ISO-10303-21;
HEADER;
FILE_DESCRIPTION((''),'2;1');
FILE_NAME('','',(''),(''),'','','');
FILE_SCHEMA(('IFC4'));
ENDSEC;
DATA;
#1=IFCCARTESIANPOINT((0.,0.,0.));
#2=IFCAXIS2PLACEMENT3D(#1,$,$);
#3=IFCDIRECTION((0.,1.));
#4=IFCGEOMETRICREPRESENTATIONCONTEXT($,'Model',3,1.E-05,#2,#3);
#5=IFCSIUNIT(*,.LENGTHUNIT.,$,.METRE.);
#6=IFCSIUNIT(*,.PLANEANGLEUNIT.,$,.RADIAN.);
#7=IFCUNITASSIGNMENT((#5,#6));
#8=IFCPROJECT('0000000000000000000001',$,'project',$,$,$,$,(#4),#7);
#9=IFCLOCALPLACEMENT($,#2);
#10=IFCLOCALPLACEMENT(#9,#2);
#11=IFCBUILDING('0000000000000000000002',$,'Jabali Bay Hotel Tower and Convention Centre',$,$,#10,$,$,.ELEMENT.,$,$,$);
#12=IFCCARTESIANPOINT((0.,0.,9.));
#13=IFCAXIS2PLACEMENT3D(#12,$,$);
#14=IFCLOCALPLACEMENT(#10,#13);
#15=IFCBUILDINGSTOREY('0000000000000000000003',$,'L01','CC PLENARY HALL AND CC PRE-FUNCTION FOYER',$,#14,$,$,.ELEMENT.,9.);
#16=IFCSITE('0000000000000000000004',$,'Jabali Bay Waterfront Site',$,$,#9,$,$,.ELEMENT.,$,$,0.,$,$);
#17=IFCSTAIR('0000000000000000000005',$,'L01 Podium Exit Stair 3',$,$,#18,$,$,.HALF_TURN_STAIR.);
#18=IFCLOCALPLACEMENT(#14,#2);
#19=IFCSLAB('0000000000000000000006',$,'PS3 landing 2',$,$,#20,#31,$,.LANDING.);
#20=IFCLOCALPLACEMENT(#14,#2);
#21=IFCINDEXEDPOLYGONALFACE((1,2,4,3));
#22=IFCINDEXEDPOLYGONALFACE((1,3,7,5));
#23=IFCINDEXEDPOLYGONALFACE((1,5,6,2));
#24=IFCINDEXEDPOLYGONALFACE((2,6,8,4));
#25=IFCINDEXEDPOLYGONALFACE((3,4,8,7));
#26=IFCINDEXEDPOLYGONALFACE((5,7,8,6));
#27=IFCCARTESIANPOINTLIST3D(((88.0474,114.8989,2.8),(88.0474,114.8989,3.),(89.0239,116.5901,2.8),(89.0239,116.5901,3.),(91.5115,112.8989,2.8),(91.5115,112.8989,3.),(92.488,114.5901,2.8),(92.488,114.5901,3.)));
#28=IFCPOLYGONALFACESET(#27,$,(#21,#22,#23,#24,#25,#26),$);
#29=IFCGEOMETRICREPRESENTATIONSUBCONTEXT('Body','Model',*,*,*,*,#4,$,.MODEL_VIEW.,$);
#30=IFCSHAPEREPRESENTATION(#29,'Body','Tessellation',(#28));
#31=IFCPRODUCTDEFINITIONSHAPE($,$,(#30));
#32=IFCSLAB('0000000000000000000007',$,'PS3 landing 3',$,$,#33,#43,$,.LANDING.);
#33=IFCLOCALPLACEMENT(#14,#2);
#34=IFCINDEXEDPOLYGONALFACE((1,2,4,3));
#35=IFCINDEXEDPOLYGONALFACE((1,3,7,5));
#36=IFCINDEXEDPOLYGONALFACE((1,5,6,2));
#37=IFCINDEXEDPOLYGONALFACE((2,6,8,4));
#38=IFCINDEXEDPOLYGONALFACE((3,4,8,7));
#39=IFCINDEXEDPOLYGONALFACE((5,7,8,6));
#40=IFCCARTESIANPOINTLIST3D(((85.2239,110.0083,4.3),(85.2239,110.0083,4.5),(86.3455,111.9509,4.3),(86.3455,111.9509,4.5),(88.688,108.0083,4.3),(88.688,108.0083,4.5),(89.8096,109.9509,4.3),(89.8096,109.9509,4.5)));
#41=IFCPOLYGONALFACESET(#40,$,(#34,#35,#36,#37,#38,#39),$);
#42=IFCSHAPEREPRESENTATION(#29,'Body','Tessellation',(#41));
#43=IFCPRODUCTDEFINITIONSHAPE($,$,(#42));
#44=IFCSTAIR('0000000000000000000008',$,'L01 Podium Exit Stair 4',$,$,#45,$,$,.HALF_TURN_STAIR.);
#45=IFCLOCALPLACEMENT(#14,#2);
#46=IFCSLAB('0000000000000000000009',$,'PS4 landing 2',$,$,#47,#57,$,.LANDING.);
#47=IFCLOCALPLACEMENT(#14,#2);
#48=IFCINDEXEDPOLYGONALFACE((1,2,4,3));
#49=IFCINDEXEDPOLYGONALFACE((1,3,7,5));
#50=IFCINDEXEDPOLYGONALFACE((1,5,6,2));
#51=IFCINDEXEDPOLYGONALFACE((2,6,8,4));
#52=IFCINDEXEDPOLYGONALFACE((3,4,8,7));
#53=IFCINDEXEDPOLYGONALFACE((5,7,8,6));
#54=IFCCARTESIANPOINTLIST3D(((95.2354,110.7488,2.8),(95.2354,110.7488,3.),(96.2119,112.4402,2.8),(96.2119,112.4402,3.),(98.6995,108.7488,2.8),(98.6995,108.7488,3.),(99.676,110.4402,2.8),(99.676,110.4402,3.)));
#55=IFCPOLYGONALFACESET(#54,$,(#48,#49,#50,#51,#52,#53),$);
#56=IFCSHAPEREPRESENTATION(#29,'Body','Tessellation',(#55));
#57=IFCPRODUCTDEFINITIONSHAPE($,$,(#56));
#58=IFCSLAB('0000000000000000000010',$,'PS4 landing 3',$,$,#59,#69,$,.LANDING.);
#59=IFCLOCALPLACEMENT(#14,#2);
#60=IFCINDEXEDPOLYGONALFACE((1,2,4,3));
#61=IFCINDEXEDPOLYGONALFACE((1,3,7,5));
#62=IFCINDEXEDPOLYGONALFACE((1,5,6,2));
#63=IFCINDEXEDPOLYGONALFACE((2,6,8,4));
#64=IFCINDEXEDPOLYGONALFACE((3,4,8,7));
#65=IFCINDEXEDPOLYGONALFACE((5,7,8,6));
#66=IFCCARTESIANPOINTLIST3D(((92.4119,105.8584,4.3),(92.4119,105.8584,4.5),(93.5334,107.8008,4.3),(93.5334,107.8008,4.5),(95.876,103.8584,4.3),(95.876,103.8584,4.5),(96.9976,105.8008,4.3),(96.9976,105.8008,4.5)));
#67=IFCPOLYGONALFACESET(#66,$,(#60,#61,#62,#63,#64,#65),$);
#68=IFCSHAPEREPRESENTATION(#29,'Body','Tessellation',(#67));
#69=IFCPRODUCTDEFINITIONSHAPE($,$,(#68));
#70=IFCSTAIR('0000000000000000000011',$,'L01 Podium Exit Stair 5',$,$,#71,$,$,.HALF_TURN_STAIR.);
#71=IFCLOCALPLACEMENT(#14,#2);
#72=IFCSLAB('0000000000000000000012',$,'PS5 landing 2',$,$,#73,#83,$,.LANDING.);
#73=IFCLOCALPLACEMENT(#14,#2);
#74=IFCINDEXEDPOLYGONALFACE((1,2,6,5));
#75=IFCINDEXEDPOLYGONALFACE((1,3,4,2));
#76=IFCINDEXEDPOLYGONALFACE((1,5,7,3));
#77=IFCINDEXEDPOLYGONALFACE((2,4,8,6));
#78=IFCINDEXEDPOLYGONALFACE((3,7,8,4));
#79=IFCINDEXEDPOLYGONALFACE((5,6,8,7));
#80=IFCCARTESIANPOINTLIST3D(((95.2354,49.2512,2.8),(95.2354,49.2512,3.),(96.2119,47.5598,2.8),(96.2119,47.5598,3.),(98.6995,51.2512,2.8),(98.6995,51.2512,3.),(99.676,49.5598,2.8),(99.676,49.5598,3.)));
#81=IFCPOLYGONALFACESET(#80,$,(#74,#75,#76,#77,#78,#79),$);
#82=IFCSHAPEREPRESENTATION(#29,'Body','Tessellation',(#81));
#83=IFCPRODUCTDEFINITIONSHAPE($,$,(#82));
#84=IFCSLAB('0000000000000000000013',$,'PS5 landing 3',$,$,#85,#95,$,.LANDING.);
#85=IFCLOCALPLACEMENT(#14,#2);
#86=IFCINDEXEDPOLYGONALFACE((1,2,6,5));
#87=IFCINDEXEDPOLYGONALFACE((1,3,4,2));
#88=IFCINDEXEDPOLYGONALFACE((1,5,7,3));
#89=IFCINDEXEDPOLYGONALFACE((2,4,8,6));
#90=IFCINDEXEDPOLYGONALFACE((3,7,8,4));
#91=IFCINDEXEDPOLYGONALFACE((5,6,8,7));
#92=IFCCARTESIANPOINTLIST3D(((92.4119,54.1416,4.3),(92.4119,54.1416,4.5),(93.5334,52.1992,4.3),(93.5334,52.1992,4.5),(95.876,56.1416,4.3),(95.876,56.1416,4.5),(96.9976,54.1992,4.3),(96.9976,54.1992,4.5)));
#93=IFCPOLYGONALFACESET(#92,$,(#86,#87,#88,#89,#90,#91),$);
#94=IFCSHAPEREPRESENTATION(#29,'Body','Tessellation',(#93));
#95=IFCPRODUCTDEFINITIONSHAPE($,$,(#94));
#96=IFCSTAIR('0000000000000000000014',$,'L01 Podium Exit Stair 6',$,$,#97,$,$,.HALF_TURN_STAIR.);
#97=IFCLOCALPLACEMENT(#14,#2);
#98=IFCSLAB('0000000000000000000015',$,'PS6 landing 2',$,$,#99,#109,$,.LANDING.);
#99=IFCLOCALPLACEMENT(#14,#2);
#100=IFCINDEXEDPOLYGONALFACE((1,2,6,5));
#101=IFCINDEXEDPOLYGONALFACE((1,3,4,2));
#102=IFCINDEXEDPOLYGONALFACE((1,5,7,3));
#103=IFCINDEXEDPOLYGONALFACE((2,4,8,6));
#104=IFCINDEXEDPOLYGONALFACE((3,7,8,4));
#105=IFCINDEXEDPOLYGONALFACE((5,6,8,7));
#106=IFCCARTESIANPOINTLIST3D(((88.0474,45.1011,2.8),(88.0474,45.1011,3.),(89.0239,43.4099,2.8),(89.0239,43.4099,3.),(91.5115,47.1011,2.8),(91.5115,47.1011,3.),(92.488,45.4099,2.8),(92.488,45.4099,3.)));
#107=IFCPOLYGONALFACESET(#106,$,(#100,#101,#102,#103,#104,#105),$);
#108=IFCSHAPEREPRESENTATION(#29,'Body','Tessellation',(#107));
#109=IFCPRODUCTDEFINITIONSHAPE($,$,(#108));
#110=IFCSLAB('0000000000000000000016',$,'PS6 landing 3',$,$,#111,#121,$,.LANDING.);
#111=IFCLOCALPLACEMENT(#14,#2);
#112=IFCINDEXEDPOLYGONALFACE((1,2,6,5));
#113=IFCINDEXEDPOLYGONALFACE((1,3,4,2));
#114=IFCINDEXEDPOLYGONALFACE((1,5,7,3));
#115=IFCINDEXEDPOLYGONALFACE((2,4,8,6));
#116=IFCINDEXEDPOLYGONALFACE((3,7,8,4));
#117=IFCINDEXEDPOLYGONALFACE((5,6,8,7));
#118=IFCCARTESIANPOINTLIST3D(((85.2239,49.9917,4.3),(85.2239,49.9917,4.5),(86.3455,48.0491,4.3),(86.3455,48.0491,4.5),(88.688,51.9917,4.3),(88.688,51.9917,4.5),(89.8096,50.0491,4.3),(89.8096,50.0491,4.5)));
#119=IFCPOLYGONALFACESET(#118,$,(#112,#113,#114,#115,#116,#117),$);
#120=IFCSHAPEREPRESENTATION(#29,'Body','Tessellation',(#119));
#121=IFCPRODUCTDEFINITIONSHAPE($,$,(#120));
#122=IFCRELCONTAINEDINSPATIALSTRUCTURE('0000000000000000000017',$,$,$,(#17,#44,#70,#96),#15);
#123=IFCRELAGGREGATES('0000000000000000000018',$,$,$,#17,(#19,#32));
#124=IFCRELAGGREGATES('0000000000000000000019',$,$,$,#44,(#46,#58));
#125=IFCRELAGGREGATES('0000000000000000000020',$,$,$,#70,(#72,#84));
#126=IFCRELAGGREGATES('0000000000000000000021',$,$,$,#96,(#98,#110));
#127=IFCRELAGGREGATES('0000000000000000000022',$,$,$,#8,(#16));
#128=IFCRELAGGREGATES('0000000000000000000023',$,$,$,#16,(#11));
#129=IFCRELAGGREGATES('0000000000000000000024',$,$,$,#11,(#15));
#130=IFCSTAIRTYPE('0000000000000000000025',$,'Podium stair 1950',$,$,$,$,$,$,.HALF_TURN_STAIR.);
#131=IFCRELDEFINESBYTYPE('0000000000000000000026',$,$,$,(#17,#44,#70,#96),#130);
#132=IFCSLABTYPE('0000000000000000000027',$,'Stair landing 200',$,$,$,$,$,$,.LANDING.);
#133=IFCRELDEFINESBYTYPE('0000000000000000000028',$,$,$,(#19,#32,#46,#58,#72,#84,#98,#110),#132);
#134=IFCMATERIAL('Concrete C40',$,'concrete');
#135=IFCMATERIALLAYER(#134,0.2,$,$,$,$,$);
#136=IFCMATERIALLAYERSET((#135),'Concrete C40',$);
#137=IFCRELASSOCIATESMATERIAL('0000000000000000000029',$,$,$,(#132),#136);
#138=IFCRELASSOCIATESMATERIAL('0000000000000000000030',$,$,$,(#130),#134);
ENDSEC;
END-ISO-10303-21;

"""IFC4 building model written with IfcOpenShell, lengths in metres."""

from ifc_helpers import new_model, si_unit, direction, frame, origin, place, context, subcontext, project, spatial, polyline, outline, extrude, material, layer, layer_set, type_object, element, aggregate, save


model = new_model("IFC4")

# Units and contexts
model_context = context("Model", 3, precision=1e-05, world=origin(), true_north=direction((0.0, 1.0)))
body_context = subcontext(model_context, "Body", "Model", "MODEL_VIEW")
ifc_project = project(units=[si_unit("LENGTHUNIT", "METRE"), si_unit("PLANEANGLEUNIT", "RADIAN")], contexts=[model_context])

# Site, building, storey
site_placement = place(None, origin())
site = spatial("IfcSite", under=ifc_project, at=site_placement, Name="Jabali Bay Waterfront Site", CompositionType="ELEMENT", RefElevation=0.0)
building_placement = place(site_placement, origin())
building = spatial("IfcBuilding", under=site, at=building_placement, Name="Jabali Bay Hotel Tower and Convention Centre", CompositionType="ELEMENT")
storey_placement = place(building_placement, frame((0.0, 0.0, 9.0)))
storey = spatial("IfcBuildingStorey", under=building, at=storey_placement, Name="L01", Description="CC PLENARY HALL AND CC PRE-FUNCTION FOYER", CompositionType="ELEMENT", Elevation=9.0)

# Shared definitions
ifc_material = material(Name="Concrete C40", Category="concrete")

# Stairs, slabs
ifc_layer_1 = layer(ifc_material, 0.2)
ifc_layer_set_1 = layer_set([ifc_layer_1], Name="Concrete C40")
slab_type_1 = type_object("IfcSlabType", Name="Stair landing 200", PredefinedType="LANDING", material=ifc_layer_set_1)
stair_type_1 = type_object("IfcStairType", Name="Podium stair 1950", PredefinedType="HALF_TURN_STAIR", material=ifc_material)
stair_1_placement = place(storey_placement, origin())
stair_1 = element("IfcStair", 1, at=stair_1_placement, inside=storey, type_object=stair_type_1, Name="L01 Podium Exit Stair 3", PredefinedType="HALF_TURN_STAIR")
slab_1_placement = place(storey_placement, frame((0.0, 0.0, 2.8)))
slab_1 = element("IfcSlab", 2, at=slab_1_placement, type_object=slab_type_1, Name="PS3 landing 2", PredefinedType="LANDING", context=body_context, shape_type="SweptSolid", body=[
    extrude(outline(polyline([(89.0239, 116.5901), (88.0474, 114.8989), (91.5115, 112.8989), (92.488, 114.5901), (89.0239, 116.5901)])), origin(), (0.0, 0.0, 1.0), 0.2),
])
slab_2_placement = place(storey_placement, frame((0.0, 0.0, 4.3)))
slab_2 = element("IfcSlab", 3, at=slab_2_placement, type_object=slab_type_1, Name="PS3 landing 3", PredefinedType="LANDING", context=body_context, shape_type="SweptSolid", body=[
    extrude(outline(polyline([(86.3455, 111.9509), (85.2239, 110.0083), (88.688, 108.0083), (89.8096, 109.9509), (86.3455, 111.9509)])), origin(), (0.0, 0.0, 1.0), 0.2),
])
aggregate(stair_1, [slab_1, slab_2])
stair_2_placement = place(storey_placement, origin())
stair_2 = element("IfcStair", 4, at=stair_2_placement, inside=storey, type_object=stair_type_1, Name="L01 Podium Exit Stair 4", PredefinedType="HALF_TURN_STAIR")
slab_3_placement = place(storey_placement, frame((0.0, 0.0, 2.8)))
slab_3 = element("IfcSlab", 5, at=slab_3_placement, type_object=slab_type_1, Name="PS4 landing 2", PredefinedType="LANDING", context=body_context, shape_type="SweptSolid", body=[
    extrude(outline(polyline([(96.2119, 112.4402), (95.2354, 110.7488), (98.6995, 108.7488), (99.676, 110.4402), (96.2119, 112.4402)])), origin(), (0.0, 0.0, 1.0), 0.2),
])
slab_4_placement = place(storey_placement, frame((0.0, 0.0, 4.3)))
slab_4 = element("IfcSlab", 6, at=slab_4_placement, type_object=slab_type_1, Name="PS4 landing 3", PredefinedType="LANDING", context=body_context, shape_type="SweptSolid", body=[
    extrude(outline(polyline([(93.5334, 107.8008), (92.4119, 105.8584), (95.876, 103.8584), (96.9976, 105.8008), (93.5334, 107.8008)])), origin(), (0.0, 0.0, 1.0), 0.2),
])
aggregate(stair_2, [slab_3, slab_4])
stair_3_placement = place(storey_placement, origin())
stair_3 = element("IfcStair", 7, at=stair_3_placement, inside=storey, type_object=stair_type_1, Name="L01 Podium Exit Stair 5", PredefinedType="HALF_TURN_STAIR")
slab_5_placement = place(storey_placement, frame((0.0, 0.0, 2.8)))
slab_5 = element("IfcSlab", 8, at=slab_5_placement, type_object=slab_type_1, Name="PS5 landing 2", PredefinedType="LANDING", context=body_context, shape_type="SweptSolid", body=[
    extrude(outline(polyline([(99.676, 49.5598), (98.6995, 51.2512), (95.2354, 49.2512), (96.2119, 47.5598), (99.676, 49.5598)])), origin(), (0.0, 0.0, 1.0), 0.2),
])
slab_6_placement = place(storey_placement, frame((0.0, 0.0, 4.3)))
slab_6 = element("IfcSlab", 9, at=slab_6_placement, type_object=slab_type_1, Name="PS5 landing 3", PredefinedType="LANDING", context=body_context, shape_type="SweptSolid", body=[
    extrude(outline(polyline([(96.9976, 54.1992), (95.876, 56.1416), (92.4119, 54.1416), (93.5334, 52.1992), (96.9976, 54.1992)])), origin(), (0.0, 0.0, 1.0), 0.2),
])
aggregate(stair_3, [slab_5, slab_6])
stair_4_placement = place(storey_placement, origin())
stair_4 = element("IfcStair", 10, at=stair_4_placement, inside=storey, type_object=stair_type_1, Name="L01 Podium Exit Stair 6", PredefinedType="HALF_TURN_STAIR")
slab_7_placement = place(storey_placement, frame((0.0, 0.0, 2.8)))
slab_7 = element("IfcSlab", 11, at=slab_7_placement, type_object=slab_type_1, Name="PS6 landing 2", PredefinedType="LANDING", context=body_context, shape_type="SweptSolid", body=[
    extrude(outline(polyline([(92.488, 45.4099), (91.5115, 47.1011), (88.0474, 45.1011), (89.0239, 43.4099), (92.488, 45.4099)])), origin(), (0.0, 0.0, 1.0), 0.2),
])
slab_8_placement = place(storey_placement, frame((0.0, 0.0, 4.3)))
slab_8 = element("IfcSlab", 12, at=slab_8_placement, type_object=slab_type_1, Name="PS6 landing 3", PredefinedType="LANDING", context=body_context, shape_type="SweptSolid", body=[
    extrude(outline(polyline([(89.8096, 50.0491), (88.688, 51.9917), (85.2239, 49.9917), (86.3455, 48.0491), (89.8096, 50.0491)])), origin(), (0.0, 0.0, 1.0), 0.2),
])
aggregate(stair_4, [slab_7, slab_8])

save(model, "model.ifc")
